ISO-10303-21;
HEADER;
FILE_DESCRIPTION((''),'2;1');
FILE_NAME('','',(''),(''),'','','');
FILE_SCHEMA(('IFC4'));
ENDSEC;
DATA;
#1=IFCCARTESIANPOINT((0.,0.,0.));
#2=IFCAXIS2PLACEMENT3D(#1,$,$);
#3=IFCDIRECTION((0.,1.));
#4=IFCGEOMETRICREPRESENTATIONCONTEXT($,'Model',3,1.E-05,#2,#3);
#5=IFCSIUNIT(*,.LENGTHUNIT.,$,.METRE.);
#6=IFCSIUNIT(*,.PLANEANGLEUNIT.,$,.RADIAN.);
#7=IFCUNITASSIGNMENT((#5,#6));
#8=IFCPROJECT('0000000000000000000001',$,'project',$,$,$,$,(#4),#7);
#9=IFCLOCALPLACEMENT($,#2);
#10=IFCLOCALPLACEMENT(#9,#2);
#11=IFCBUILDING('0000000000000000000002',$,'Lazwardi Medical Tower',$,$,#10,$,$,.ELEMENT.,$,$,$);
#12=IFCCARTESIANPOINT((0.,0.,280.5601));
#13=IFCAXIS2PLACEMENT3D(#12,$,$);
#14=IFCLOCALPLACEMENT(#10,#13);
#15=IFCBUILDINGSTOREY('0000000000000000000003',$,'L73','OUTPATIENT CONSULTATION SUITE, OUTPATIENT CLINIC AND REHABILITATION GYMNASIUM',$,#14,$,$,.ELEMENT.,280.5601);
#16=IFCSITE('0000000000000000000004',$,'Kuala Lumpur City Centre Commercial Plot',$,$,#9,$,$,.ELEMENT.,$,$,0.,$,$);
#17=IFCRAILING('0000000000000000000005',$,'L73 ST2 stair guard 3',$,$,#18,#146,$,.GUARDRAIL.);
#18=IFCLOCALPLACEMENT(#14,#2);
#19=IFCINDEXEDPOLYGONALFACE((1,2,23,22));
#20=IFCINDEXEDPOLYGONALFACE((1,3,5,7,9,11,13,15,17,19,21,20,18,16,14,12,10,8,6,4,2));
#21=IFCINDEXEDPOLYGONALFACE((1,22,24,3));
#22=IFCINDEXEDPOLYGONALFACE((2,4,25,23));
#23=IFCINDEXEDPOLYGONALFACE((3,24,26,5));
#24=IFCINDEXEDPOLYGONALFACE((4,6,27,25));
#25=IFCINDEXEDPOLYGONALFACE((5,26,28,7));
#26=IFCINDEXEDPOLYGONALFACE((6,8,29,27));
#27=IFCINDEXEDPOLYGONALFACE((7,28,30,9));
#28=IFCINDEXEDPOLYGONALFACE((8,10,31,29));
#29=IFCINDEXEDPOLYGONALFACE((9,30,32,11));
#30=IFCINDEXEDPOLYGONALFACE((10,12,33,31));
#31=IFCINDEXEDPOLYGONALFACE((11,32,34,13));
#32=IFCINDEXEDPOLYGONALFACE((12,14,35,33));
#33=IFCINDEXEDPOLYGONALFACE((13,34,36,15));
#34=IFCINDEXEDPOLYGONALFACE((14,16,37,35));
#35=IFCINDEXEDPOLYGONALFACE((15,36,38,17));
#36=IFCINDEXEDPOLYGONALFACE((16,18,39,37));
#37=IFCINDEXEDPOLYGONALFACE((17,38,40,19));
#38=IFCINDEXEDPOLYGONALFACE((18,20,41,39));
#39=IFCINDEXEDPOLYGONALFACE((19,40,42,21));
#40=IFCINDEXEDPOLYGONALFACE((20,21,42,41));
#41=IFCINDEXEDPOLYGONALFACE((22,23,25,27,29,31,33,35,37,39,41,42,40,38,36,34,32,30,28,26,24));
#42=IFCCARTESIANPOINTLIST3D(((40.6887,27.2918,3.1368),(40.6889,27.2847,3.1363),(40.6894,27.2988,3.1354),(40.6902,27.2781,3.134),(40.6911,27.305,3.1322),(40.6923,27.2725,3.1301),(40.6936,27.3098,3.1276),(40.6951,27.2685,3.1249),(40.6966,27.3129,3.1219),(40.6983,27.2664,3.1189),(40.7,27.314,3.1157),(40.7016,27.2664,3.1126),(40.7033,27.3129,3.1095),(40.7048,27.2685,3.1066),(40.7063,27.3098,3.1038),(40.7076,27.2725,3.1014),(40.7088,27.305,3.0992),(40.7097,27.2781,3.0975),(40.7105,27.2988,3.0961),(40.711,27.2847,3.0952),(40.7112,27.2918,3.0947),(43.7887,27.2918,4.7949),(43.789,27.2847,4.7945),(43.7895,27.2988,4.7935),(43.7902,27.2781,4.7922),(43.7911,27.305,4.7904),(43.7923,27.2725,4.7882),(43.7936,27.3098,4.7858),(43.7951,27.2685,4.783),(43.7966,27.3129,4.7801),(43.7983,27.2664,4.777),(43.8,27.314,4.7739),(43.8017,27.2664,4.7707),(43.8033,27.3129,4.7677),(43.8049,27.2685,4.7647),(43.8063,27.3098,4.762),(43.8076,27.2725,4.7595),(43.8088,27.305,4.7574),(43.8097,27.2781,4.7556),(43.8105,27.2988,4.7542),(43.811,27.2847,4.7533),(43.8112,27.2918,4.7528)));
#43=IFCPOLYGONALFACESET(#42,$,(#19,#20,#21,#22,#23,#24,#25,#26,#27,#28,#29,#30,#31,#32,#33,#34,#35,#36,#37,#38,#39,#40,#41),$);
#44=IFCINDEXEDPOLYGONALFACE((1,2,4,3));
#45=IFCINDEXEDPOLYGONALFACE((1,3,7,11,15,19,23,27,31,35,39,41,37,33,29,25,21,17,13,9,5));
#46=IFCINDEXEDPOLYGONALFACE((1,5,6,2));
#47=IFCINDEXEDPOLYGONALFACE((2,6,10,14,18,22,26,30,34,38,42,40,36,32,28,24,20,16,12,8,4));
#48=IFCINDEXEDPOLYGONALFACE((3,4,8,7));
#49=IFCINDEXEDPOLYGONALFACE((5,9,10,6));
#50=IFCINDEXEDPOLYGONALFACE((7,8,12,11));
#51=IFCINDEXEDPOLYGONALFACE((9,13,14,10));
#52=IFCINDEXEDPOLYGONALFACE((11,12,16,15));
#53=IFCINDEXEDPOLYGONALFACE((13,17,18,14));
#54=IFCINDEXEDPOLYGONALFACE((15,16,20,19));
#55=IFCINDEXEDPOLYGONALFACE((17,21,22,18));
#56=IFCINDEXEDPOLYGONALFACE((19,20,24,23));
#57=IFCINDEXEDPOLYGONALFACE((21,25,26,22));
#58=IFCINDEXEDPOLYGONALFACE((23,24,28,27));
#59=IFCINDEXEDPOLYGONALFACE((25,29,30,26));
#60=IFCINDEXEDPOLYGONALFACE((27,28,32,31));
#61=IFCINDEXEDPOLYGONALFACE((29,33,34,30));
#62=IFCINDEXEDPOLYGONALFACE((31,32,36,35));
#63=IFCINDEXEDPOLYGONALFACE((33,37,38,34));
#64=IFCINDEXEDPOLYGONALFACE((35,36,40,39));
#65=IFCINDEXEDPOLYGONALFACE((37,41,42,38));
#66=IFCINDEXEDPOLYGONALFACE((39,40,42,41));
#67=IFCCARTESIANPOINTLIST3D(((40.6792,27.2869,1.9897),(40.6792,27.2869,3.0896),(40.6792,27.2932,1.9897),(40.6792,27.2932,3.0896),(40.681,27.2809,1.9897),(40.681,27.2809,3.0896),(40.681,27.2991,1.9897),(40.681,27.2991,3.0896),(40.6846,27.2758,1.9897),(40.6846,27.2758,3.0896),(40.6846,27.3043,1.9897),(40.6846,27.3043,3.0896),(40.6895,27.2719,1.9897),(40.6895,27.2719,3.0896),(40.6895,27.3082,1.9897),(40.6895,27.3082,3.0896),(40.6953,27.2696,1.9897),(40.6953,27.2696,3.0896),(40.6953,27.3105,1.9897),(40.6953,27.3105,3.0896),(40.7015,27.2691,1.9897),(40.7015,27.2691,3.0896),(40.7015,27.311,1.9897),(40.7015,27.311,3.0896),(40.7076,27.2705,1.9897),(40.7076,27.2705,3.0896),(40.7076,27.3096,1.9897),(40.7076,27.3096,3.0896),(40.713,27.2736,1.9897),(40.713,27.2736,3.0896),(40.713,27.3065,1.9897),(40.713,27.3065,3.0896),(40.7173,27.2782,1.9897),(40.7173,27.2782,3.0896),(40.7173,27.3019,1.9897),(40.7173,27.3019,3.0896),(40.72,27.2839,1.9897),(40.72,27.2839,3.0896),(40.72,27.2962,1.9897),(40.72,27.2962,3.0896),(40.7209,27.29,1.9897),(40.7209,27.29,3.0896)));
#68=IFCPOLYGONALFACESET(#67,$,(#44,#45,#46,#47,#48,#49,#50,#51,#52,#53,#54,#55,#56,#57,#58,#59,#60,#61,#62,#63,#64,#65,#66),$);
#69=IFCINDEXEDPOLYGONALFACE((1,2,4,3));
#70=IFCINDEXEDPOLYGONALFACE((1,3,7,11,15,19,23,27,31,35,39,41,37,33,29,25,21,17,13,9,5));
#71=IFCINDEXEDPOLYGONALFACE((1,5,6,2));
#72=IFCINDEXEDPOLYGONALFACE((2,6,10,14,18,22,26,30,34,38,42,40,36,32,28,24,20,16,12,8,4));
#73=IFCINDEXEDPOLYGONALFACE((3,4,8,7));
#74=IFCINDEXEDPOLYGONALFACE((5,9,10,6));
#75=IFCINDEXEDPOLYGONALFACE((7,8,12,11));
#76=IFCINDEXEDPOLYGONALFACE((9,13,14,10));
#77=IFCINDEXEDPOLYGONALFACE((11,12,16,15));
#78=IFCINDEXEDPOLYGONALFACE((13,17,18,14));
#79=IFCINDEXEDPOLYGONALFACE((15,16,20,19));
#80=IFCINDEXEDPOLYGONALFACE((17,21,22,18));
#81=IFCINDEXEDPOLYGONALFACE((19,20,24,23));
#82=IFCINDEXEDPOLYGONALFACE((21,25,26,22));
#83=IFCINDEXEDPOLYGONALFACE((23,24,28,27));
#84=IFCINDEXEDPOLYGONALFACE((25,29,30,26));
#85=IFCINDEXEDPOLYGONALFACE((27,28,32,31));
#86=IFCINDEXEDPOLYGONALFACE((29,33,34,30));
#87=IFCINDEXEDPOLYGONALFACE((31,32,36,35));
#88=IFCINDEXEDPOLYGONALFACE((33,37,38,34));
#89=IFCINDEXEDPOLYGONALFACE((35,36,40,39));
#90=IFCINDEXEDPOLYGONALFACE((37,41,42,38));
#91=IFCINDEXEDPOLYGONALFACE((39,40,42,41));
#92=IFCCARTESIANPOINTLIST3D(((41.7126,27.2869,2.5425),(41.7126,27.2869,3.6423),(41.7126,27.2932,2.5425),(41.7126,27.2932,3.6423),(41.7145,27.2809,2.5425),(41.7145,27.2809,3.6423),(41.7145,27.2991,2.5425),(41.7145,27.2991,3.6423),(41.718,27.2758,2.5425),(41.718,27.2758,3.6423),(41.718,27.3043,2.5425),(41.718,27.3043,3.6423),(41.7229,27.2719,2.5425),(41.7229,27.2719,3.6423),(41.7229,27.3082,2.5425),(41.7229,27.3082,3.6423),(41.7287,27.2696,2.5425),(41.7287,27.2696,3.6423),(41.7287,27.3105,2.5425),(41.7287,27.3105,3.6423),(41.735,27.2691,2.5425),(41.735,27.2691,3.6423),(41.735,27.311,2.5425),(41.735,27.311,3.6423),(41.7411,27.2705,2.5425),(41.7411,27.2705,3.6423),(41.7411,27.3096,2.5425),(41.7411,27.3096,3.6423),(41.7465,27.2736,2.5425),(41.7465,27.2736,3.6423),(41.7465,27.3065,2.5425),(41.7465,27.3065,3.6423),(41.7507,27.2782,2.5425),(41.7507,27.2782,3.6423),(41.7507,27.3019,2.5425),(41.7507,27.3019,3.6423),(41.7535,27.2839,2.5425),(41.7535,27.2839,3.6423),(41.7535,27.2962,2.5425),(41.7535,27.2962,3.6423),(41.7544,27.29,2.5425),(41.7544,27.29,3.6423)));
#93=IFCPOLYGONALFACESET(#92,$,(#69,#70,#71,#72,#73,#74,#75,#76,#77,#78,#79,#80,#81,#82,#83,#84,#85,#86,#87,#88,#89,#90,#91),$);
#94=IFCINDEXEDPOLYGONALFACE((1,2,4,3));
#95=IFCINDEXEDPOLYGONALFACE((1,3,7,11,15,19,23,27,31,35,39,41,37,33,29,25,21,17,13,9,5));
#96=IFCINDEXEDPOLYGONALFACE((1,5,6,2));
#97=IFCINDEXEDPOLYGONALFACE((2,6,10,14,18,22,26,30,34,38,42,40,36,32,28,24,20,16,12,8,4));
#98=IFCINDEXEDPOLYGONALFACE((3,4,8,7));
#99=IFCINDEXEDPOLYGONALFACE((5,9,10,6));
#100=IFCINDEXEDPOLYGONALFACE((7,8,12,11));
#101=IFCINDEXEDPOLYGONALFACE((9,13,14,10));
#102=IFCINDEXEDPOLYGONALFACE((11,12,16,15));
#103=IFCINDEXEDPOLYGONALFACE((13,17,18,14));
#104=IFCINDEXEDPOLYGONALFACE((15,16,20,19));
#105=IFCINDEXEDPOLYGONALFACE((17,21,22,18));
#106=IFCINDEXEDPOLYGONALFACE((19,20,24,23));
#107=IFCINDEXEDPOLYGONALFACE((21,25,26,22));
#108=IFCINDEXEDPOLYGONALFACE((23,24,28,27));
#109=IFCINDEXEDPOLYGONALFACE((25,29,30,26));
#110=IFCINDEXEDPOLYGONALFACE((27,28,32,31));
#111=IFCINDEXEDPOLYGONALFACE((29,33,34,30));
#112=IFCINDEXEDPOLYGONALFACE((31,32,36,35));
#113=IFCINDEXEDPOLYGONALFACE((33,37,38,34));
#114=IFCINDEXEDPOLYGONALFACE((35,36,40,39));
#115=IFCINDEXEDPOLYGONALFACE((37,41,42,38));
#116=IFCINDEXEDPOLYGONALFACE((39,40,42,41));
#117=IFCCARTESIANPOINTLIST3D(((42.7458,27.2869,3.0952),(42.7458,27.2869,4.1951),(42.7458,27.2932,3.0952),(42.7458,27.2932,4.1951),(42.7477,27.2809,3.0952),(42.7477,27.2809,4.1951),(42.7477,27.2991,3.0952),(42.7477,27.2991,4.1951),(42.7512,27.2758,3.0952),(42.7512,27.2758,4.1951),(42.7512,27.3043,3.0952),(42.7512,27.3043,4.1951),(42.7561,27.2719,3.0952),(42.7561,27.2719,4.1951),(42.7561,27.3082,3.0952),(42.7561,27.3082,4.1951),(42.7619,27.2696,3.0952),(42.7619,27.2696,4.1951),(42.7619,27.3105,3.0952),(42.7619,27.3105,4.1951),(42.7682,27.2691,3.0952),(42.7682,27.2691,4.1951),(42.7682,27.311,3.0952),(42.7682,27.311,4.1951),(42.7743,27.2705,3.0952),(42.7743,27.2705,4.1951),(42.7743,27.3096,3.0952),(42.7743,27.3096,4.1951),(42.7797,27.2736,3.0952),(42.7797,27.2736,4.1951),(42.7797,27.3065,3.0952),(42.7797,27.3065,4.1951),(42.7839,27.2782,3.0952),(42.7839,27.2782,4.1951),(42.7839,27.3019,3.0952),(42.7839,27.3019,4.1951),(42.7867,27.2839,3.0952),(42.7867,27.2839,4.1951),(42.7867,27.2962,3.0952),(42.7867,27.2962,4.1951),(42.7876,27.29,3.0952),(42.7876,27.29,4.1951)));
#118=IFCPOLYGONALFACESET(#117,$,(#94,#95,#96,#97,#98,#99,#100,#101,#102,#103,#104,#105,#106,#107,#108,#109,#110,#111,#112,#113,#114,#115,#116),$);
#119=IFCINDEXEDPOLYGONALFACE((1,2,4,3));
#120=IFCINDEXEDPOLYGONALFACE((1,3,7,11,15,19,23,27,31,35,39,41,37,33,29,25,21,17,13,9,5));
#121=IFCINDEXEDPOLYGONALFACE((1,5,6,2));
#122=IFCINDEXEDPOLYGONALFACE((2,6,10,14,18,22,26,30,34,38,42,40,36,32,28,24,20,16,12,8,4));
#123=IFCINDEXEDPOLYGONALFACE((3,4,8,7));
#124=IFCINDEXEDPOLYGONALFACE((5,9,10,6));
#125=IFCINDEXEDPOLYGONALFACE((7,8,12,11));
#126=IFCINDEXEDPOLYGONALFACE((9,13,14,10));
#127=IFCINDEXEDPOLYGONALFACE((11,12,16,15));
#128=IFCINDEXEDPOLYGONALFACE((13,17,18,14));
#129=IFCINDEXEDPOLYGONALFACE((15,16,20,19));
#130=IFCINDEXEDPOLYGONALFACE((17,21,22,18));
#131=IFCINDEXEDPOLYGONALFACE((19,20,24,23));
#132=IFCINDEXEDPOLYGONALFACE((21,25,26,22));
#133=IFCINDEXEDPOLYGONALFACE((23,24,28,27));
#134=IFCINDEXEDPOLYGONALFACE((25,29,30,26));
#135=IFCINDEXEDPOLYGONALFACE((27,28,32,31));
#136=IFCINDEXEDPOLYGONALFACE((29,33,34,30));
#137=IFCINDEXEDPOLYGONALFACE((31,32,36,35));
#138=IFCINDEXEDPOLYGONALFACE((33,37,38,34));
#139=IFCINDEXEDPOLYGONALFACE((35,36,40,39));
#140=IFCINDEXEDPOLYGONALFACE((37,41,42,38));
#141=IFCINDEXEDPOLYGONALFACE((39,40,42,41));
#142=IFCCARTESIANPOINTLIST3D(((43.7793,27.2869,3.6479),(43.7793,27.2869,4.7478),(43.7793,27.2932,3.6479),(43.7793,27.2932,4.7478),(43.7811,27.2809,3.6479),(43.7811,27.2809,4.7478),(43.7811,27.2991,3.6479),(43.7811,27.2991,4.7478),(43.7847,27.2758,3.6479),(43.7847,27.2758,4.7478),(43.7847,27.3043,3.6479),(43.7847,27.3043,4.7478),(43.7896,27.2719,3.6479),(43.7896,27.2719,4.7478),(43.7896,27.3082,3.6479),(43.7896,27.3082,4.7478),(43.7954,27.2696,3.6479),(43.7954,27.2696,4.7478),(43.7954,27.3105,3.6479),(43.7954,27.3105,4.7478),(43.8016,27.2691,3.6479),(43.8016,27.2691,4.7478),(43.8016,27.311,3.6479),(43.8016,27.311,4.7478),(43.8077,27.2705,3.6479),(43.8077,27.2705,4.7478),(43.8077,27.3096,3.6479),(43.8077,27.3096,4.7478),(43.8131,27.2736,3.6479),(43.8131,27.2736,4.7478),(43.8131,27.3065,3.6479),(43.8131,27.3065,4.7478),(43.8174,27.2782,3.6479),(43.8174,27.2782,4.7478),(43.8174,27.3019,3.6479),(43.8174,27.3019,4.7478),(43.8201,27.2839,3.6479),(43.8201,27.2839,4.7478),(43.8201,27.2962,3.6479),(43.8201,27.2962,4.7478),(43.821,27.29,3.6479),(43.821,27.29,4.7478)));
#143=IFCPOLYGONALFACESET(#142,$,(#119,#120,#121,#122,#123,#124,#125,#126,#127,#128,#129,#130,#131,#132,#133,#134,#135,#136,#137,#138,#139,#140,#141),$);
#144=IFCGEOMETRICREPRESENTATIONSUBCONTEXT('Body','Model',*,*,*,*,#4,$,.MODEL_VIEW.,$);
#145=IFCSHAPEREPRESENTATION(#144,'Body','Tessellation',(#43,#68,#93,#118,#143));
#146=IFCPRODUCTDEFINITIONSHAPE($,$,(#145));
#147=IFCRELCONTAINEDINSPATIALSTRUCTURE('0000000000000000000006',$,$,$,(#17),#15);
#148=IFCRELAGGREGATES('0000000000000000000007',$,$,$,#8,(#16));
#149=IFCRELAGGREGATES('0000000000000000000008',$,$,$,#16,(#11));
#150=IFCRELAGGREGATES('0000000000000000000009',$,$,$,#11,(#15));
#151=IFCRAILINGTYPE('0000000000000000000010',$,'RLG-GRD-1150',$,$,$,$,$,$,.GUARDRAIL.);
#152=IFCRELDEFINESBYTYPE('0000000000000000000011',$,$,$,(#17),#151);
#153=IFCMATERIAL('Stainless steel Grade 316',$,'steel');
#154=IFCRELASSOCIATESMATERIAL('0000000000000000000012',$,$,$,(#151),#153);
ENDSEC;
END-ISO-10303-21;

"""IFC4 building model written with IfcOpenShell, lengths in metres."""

from ifc_helpers import new_model, si_unit, direction, frame, origin, origin_2d, place, context, subcontext, project, spatial, circle, extrude, material, type_object, element, save


model = new_model("IFC4")

# Units and contexts
model_context = context("Model", 3, precision=1e-05, world=origin(), true_north=direction((0.0, 1.0)))
body_context = subcontext(model_context, "Body", "Model", "MODEL_VIEW")
ifc_project = project(units=[si_unit("LENGTHUNIT", "METRE"), si_unit("PLANEANGLEUNIT", "RADIAN")], contexts=[model_context])

# Site, building, storey
site_placement = place(None, origin())
site = spatial("IfcSite", under=ifc_project, at=site_placement, Name="Kuala Lumpur City Centre Commercial Plot", CompositionType="ELEMENT", RefElevation=0.0)
building_placement = place(site_placement, origin())
building = spatial("IfcBuilding", under=site, at=building_placement, Name="Lazwardi Medical Tower", CompositionType="ELEMENT")
storey_placement = place(building_placement, frame((0.0, 0.0, 280.5601)))
storey = spatial("IfcBuildingStorey", under=building, at=storey_placement, Name="L73", Description="OUTPATIENT CONSULTATION SUITE, OUTPATIENT CLINIC AND REHABILITATION GYMNASIUM", CompositionType="ELEMENT", Elevation=280.5601)

# Railing
ifc_material_1 = material(Name="Stainless steel Grade 316", Category="steel")
railing_type_1 = type_object("IfcRailingType", Name="RLG-GRD-1150", PredefinedType="GUARDRAIL", material=ifc_material_1)
railing_1_placement = place(storey_placement, frame((40.7, 27.29, 1.9897)))
element("IfcRailing", 1, at=railing_1_placement, inside=storey, type_object=railing_type_1, Name="L73 ST2 stair guard 3", PredefinedType="GUARDRAIL", context=body_context, shape_type="SweptSolid", body=[
    extrude(circle(Radius=0.0239, at=origin_2d()), frame((0.0, 0.0, 1.126), z_axis=(0.881783, 0.0, 0.471655), x_axis=(0.0, 1.0, 0.0)), (0.0, 0.0, 1.0), 3.5156),
    extrude(circle(Radius=0.021, at=origin_2d()), origin(), (0.0, 0.0, 1.0), 1.0999),
    extrude(circle(Radius=0.021, at=origin_2d()), frame((1.0334, 0.0, 0.5527)), (0.0, 0.0, 1.0), 1.0999),
    extrude(circle(Radius=0.021, at=origin_2d()), frame((2.0667, 0.0, 1.1055)), (0.0, 0.0, 1.0), 1.0999),
    extrude(circle(Radius=0.021, at=origin_2d()), frame((3.1001, 0.0, 1.6582)), (0.0, 0.0, 1.0), 1.0999),
])

save(model, "model.ifc")
